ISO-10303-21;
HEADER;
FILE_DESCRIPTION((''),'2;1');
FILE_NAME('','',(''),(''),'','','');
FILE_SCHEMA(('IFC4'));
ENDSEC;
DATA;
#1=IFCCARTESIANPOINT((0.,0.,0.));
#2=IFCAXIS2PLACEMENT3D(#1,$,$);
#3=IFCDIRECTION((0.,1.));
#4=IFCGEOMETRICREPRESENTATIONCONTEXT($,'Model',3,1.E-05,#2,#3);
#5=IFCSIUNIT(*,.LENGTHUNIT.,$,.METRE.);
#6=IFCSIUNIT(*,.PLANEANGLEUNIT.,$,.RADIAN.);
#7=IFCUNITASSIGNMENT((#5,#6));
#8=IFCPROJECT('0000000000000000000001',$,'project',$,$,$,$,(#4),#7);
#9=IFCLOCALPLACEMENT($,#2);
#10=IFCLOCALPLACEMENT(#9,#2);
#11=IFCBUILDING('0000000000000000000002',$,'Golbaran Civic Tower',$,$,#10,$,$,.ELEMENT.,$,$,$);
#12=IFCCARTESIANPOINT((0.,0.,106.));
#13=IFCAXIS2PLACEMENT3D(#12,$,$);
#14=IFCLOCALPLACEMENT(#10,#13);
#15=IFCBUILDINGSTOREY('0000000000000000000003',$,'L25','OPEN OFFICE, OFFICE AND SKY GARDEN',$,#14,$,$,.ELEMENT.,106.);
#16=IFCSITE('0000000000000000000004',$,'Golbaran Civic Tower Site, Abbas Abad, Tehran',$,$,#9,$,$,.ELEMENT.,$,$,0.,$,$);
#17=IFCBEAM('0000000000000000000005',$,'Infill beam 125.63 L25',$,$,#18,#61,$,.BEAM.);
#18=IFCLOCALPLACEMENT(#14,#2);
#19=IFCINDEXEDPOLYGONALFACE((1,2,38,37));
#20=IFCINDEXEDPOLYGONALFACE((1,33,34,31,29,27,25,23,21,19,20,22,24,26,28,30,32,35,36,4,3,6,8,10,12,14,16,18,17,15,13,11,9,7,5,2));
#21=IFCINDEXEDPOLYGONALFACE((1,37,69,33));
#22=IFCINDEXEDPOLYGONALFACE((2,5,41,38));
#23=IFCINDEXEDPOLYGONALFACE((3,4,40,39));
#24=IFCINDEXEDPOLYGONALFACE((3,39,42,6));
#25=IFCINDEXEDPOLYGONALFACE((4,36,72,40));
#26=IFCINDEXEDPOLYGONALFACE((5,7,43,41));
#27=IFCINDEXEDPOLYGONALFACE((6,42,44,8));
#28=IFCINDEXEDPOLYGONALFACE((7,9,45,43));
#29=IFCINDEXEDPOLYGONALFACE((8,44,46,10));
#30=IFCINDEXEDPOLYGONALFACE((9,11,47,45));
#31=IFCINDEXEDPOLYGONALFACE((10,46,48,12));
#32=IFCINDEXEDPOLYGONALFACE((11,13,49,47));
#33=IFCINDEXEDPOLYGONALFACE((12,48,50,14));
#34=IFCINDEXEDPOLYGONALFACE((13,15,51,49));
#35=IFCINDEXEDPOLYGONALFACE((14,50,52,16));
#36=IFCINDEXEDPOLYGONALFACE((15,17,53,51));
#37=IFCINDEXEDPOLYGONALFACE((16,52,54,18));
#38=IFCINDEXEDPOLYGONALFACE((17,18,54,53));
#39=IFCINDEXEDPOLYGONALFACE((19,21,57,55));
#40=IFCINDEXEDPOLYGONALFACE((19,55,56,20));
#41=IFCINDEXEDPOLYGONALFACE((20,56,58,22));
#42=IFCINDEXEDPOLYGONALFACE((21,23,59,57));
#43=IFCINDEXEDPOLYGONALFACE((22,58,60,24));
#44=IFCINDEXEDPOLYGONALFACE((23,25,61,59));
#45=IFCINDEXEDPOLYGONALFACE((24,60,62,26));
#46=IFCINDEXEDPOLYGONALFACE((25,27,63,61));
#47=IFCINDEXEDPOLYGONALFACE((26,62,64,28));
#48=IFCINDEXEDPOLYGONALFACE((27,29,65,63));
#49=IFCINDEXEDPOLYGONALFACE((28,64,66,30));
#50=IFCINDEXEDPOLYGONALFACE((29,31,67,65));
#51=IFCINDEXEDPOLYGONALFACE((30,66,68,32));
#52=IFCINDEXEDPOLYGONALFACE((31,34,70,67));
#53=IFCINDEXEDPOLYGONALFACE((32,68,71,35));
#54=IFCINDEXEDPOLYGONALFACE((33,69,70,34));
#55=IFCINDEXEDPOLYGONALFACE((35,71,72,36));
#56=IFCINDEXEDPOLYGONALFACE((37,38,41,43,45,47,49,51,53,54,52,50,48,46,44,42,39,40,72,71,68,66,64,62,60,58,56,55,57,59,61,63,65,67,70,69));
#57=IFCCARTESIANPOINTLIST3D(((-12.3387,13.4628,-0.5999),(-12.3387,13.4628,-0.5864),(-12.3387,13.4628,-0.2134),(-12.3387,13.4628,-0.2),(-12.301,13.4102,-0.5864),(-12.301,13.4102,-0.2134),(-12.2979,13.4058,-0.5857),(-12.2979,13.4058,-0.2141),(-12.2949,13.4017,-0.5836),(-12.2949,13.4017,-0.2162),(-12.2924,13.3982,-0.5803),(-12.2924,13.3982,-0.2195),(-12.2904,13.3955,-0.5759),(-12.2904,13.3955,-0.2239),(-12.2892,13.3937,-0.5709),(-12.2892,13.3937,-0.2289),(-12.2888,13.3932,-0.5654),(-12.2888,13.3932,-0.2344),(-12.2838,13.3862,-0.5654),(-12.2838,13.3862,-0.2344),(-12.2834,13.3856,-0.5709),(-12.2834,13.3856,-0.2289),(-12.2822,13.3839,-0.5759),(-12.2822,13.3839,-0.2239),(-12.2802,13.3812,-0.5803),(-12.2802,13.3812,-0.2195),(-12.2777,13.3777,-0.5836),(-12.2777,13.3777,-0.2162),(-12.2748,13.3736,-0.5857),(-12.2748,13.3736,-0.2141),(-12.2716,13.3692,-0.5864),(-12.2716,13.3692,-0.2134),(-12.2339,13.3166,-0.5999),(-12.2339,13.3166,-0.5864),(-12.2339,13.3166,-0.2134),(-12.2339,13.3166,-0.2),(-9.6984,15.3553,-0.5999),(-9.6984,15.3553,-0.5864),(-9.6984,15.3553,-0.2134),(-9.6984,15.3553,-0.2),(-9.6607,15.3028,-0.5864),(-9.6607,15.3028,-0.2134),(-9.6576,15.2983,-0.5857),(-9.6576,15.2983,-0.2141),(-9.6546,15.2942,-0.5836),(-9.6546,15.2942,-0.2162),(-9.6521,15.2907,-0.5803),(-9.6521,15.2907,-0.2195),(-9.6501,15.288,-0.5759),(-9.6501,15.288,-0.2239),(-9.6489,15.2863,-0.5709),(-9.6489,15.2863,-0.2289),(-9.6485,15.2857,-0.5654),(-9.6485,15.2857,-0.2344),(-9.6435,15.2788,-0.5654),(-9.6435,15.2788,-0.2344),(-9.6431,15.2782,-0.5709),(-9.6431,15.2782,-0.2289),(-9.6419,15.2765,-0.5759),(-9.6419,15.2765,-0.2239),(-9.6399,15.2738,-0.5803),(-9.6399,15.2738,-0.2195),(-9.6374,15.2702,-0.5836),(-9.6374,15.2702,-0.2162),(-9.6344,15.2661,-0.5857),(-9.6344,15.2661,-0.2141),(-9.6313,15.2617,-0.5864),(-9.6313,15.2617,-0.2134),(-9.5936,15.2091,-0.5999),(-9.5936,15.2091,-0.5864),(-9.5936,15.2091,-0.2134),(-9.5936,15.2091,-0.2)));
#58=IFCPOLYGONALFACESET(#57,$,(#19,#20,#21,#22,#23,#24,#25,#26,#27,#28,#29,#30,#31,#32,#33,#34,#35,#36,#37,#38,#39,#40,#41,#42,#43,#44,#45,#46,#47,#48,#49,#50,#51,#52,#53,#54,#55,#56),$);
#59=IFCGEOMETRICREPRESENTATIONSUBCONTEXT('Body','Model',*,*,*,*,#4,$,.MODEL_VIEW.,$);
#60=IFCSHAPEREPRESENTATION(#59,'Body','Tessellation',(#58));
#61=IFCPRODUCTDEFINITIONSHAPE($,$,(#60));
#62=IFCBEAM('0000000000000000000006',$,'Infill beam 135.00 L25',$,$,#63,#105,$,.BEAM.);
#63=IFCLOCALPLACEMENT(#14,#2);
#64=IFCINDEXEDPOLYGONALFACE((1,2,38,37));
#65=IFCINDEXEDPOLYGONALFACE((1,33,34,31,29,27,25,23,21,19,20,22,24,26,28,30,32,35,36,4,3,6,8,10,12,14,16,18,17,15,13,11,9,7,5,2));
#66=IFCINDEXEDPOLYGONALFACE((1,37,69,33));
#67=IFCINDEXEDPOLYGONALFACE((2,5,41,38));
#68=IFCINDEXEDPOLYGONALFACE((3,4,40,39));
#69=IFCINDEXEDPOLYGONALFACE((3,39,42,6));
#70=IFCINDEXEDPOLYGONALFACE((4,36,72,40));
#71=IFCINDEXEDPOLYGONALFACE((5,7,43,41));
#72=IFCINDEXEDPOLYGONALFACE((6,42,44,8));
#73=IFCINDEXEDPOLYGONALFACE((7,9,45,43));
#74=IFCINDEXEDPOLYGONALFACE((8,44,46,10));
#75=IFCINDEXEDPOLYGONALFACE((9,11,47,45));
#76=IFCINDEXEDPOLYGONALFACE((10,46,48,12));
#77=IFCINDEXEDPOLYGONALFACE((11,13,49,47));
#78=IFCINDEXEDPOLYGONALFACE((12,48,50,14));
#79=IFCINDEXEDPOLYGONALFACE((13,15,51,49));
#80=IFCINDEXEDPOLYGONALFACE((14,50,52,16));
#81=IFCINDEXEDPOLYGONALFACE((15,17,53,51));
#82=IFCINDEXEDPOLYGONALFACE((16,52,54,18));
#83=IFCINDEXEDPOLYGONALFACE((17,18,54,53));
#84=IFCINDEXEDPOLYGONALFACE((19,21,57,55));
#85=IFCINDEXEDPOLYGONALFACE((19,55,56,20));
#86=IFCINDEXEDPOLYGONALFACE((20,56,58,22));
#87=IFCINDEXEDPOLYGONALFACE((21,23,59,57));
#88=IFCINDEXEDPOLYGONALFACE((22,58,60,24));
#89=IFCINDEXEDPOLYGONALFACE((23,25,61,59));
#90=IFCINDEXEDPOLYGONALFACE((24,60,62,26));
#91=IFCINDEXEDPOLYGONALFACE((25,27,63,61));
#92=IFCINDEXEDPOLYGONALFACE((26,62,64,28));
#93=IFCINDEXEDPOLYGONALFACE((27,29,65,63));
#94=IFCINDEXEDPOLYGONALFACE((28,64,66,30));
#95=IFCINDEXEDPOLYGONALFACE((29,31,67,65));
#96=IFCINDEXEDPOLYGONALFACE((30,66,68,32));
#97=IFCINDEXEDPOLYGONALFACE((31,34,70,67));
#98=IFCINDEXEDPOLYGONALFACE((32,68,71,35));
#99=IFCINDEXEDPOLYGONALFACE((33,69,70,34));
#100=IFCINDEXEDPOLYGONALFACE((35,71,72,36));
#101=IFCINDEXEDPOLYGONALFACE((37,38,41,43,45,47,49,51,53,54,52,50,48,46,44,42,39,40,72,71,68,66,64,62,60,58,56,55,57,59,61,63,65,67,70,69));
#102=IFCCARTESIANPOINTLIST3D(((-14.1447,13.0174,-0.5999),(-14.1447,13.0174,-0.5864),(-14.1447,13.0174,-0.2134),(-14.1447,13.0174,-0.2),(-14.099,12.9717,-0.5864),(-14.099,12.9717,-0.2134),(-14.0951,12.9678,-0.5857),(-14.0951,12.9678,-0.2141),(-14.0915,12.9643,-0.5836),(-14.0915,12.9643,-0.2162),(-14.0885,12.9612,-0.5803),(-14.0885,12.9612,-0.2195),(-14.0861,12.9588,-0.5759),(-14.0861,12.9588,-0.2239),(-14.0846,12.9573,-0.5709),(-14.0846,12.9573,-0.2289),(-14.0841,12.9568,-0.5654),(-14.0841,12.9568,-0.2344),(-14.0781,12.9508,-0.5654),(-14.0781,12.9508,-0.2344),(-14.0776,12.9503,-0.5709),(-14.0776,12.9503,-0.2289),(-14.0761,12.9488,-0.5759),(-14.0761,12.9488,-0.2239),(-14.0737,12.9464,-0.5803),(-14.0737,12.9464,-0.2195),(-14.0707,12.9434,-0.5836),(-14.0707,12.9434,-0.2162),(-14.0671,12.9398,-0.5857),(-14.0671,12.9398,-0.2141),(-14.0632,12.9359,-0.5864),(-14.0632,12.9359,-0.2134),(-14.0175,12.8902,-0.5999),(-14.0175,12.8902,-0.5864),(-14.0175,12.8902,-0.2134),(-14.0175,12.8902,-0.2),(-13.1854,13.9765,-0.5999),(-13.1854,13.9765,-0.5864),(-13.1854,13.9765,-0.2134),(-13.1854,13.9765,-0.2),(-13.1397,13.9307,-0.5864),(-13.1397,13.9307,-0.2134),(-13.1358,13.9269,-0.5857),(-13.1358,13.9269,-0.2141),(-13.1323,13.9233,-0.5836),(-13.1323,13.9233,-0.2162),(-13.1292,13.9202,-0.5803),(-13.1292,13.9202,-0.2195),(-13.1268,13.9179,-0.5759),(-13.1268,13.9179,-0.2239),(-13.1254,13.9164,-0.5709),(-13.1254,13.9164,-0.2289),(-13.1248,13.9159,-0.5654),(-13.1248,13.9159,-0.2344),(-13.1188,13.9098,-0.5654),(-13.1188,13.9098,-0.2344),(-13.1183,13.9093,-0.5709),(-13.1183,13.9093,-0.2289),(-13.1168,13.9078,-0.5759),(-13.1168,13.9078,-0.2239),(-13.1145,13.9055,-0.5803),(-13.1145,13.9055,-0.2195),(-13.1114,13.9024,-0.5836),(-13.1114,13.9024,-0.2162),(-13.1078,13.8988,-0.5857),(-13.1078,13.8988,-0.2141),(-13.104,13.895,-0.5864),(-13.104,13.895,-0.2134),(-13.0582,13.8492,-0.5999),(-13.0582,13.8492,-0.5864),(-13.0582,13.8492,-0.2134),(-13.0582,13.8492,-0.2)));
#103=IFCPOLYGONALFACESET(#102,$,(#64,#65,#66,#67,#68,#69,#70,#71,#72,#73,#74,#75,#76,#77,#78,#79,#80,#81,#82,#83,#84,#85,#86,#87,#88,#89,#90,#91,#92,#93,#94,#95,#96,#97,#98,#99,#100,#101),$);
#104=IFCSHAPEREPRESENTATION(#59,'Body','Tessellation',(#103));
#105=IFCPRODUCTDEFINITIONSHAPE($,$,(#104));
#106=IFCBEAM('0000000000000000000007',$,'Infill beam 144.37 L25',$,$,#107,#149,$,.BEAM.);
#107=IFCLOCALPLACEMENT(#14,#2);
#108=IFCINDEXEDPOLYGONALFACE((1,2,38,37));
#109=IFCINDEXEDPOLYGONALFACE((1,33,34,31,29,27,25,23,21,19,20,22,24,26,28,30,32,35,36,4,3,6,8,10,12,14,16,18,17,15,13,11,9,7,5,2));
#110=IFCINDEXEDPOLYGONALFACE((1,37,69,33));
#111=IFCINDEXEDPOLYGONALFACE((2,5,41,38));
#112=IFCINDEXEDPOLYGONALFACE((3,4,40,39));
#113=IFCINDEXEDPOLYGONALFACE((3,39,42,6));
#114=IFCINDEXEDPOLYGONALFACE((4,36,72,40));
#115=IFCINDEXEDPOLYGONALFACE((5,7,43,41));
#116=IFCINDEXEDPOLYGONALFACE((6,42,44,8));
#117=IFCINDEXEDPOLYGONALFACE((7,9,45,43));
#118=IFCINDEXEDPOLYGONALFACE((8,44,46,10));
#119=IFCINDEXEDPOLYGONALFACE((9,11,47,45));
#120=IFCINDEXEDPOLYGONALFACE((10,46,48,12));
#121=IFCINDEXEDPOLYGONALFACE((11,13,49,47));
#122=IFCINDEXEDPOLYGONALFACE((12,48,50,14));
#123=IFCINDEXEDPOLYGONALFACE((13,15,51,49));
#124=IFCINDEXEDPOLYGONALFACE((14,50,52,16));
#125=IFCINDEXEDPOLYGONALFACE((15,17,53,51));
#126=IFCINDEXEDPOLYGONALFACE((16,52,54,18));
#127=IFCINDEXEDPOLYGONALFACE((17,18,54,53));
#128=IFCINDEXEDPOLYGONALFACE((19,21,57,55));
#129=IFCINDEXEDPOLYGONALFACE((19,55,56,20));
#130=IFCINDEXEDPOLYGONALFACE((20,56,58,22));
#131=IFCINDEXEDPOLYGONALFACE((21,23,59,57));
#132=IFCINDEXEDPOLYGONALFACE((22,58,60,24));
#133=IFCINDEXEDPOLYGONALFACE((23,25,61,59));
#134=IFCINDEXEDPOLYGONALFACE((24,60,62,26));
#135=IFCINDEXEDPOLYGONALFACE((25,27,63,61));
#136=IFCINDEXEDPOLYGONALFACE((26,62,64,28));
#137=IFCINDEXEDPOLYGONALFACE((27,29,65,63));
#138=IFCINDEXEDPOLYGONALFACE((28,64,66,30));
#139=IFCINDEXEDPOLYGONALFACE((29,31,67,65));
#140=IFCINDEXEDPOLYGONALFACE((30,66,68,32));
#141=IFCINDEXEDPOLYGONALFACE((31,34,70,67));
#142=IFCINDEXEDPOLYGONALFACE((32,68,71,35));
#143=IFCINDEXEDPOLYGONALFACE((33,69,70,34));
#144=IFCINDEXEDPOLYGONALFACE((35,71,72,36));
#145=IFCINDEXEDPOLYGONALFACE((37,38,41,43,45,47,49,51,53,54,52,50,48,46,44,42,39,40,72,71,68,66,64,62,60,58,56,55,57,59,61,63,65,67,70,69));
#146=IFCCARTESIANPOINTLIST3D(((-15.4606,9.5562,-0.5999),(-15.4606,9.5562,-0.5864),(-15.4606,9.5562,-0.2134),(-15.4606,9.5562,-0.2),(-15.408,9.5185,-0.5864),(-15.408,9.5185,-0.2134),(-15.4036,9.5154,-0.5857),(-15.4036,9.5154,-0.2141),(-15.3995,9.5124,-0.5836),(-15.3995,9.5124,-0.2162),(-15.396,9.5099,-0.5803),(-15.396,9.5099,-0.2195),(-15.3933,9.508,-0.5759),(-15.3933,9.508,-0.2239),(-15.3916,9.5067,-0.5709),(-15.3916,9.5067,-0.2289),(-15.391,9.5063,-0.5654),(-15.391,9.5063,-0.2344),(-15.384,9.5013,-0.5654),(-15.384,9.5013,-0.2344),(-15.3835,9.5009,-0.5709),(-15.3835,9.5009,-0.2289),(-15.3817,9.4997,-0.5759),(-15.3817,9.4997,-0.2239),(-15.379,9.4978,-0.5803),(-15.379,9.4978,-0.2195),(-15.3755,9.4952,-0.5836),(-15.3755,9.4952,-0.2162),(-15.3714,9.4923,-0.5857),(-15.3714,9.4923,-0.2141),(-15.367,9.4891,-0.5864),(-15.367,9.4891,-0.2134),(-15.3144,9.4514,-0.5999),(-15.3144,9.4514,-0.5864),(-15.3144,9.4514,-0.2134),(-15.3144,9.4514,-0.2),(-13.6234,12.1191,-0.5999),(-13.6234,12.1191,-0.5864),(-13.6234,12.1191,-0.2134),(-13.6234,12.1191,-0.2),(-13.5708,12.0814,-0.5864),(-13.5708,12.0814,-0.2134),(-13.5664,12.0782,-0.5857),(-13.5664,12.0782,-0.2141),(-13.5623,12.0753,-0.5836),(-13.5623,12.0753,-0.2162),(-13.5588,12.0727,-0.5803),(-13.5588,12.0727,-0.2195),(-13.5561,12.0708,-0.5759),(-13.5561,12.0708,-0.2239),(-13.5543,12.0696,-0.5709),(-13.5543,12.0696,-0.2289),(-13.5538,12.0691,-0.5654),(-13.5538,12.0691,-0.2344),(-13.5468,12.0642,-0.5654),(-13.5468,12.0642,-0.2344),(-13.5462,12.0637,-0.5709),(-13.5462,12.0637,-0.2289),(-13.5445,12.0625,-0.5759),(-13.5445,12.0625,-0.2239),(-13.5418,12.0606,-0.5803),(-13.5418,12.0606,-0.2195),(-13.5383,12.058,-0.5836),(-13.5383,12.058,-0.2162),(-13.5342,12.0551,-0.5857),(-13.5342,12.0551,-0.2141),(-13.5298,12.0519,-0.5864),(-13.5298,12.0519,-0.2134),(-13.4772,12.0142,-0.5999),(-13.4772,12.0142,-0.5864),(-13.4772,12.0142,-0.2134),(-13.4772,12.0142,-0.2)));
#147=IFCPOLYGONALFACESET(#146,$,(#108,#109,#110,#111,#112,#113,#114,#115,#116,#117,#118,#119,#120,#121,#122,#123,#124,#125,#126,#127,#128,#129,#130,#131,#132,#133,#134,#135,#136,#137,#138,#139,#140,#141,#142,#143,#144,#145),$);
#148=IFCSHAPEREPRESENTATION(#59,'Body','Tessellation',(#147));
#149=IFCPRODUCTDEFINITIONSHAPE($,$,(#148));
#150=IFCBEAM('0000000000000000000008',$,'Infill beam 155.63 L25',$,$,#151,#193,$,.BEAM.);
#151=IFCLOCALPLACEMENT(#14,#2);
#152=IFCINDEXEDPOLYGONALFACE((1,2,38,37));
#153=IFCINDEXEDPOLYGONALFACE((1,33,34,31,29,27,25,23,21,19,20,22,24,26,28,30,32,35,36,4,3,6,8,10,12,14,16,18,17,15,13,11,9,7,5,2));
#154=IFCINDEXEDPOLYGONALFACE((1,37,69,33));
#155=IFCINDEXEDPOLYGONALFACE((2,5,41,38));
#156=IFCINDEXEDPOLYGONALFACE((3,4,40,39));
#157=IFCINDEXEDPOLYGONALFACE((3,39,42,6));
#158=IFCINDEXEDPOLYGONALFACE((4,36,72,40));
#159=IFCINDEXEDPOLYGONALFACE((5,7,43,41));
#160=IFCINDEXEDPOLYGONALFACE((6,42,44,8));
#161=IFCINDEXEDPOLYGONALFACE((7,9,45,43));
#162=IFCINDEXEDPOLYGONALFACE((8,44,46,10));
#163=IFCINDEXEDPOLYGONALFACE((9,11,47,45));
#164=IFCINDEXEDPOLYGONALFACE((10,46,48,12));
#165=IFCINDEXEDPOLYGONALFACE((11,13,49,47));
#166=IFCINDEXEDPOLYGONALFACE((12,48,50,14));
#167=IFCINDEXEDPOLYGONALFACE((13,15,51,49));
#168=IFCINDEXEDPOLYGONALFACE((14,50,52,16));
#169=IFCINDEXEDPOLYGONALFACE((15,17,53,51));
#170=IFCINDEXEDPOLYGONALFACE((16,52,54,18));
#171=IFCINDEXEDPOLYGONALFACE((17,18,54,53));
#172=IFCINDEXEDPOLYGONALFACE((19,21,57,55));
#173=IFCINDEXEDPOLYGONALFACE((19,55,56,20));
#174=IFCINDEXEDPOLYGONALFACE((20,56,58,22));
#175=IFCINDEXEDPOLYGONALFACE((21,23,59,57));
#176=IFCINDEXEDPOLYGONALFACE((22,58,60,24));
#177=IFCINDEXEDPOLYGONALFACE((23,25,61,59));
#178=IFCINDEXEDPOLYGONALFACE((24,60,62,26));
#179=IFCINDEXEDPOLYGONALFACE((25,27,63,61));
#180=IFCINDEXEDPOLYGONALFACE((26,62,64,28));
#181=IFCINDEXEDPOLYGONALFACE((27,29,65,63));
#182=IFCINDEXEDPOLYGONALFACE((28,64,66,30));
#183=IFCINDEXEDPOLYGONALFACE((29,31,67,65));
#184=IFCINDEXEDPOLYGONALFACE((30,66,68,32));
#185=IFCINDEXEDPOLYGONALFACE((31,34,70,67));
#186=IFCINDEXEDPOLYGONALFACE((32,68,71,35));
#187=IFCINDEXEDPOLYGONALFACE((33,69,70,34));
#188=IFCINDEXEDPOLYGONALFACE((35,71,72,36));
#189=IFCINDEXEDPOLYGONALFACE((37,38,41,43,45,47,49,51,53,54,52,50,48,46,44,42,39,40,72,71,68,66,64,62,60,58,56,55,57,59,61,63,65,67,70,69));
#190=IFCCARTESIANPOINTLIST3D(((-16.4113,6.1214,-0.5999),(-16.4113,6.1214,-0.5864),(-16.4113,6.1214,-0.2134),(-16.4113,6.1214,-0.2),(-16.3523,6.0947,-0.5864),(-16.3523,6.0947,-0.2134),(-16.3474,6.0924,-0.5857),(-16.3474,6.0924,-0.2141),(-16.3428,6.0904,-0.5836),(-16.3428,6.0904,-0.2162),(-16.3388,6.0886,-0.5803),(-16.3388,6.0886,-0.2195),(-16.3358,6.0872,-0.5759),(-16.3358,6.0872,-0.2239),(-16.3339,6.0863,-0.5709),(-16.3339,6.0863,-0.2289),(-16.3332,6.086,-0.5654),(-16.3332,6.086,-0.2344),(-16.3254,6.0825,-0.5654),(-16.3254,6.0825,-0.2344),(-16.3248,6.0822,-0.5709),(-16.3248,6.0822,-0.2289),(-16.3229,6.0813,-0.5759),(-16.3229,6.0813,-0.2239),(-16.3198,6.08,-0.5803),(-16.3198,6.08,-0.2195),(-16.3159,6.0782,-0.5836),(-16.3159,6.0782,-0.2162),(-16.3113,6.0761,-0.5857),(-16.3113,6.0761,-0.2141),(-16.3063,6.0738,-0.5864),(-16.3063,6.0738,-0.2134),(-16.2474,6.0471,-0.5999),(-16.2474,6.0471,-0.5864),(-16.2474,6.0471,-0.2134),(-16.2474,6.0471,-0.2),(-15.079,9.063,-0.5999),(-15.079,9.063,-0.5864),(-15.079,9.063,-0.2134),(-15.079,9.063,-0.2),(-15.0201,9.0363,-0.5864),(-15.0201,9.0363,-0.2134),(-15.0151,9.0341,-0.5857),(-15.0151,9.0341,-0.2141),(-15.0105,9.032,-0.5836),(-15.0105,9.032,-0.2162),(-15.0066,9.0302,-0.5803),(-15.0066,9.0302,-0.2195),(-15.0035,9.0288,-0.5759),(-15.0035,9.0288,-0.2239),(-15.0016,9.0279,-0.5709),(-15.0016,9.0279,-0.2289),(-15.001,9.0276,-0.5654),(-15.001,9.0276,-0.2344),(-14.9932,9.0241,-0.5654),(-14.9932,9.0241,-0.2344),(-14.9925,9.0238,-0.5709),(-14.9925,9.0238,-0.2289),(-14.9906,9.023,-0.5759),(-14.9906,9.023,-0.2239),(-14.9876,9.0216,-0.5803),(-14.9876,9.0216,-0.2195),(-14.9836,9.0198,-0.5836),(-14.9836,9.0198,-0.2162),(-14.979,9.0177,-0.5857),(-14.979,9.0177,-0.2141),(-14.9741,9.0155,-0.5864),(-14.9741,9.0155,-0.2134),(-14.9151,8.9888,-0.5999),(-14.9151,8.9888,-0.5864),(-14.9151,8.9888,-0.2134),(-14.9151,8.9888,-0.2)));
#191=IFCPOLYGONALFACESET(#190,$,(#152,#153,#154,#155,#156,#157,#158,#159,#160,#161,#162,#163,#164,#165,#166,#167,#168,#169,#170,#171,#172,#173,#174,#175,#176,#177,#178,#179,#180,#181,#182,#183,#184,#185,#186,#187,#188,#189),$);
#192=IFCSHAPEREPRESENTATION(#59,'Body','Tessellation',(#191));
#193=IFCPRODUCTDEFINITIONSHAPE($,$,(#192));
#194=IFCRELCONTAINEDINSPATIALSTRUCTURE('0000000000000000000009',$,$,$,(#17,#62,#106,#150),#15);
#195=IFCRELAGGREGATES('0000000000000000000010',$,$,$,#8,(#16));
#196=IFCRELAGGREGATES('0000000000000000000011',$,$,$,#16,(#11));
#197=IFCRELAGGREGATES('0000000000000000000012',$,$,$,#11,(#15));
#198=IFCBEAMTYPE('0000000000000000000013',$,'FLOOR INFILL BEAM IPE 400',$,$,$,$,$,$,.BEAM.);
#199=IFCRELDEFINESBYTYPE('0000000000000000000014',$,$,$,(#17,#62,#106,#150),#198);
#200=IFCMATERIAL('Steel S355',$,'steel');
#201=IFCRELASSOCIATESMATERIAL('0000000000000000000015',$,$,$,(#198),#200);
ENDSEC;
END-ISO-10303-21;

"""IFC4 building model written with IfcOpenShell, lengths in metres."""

from ifc_helpers import new_model, si_unit, direction, frame, origin, origin_2d, place, context, subcontext, project, spatial, i_section, extrude, material, material_profile, profile_set, type_object, element, save


model = new_model("IFC4")

# Units and contexts
model_context = context("Model", 3, precision=1e-05, world=origin(), true_north=direction((0.0, 1.0)))
body_context = subcontext(model_context, "Body", "Model", "MODEL_VIEW")
ifc_project = project(units=[si_unit("LENGTHUNIT", "METRE"), si_unit("PLANEANGLEUNIT", "RADIAN")], contexts=[model_context])

# Site, building, storey
site_placement = place(None, origin())
site = spatial("IfcSite", under=ifc_project, at=site_placement, Name="Golbaran Civic Tower Site, Abbas Abad, Tehran", CompositionType="ELEMENT", RefElevation=0.0)
building_placement = place(site_placement, origin())
building = spatial("IfcBuilding", under=site, at=building_placement, Name="Golbaran Civic Tower", CompositionType="ELEMENT")
storey_placement = place(building_placement, frame((0.0, 0.0, 106.0)))
storey = spatial("IfcBuildingStorey", under=building, at=storey_placement, Name="L25", Description="OPEN OFFICE, OFFICE AND SKY GARDEN", CompositionType="ELEMENT", Elevation=106.0)

# Beams
ifc_material_1 = material(Name="Steel S355", Category="steel")
ifc_material_profile_1 = material_profile(ifc_material_1, i_section(OverallWidth=0.1799, OverallDepth=0.3999, WebThickness=0.0085, FlangeThickness=0.0134, FilletRadius=0.021, at=origin_2d()), Name="IPE 400")
ifc_profile_set_1 = profile_set([ifc_material_profile_1], Name="Steel S355")
beam_type_1 = type_object("IfcBeamType", Name="FLOOR INFILL BEAM IPE 400", PredefinedType="BEAM", material=ifc_profile_set_1)
beam_1_placement = place(storey_placement, frame((-9.646, 15.2822, -0.3999), z_axis=(-0.812773, -0.582581, 0.0), x_axis=(0.582581, -0.812773, 0.0)))
element("IfcBeam", 1, at=beam_1_placement, inside=storey, type_object=beam_type_1, Name="Infill beam 125.63 L25", PredefinedType="BEAM", context=body_context, shape_type="SweptSolid", body=[
    extrude(i_section(OverallWidth=0.1799, OverallDepth=0.3999, WebThickness=0.0085, FlangeThickness=0.0134, FilletRadius=0.021, at=origin_2d()), origin(), (0.0, 0.0, 1.0), 3.2485),
])
beam_2_placement = place(storey_placement, frame((-13.1218, 13.9128, -0.3999), z_axis=(-0.707197, -0.707017, 0.0), x_axis=(0.707017, -0.707197, 0.0)))
element("IfcBeam", 2, at=beam_2_placement, inside=storey, type_object=beam_type_1, Name="Infill beam 135.00 L25", PredefinedType="BEAM", context=body_context, shape_type="SweptSolid", body=[
    extrude(i_section(OverallWidth=0.1799, OverallDepth=0.3999, WebThickness=0.0085, FlangeThickness=0.0134, FilletRadius=0.021, at=origin_2d()), origin(), (0.0, 0.0, 1.0), 1.3564),
])
beam_3_placement = place(storey_placement, frame((-13.5503, 12.0667, -0.3999), z_axis=(-0.582629, -0.812738, 0.0), x_axis=(0.812738, -0.582629, 0.0)))
element("IfcBeam", 3, at=beam_3_placement, inside=storey, type_object=beam_type_1, Name="Infill beam 144.37 L25", PredefinedType="BEAM", context=body_context, shape_type="SweptSolid", body=[
    extrude(i_section(OverallWidth=0.1799, OverallDepth=0.3999, WebThickness=0.0085, FlangeThickness=0.0134, FilletRadius=0.021, at=origin_2d()), origin(), (0.0, 0.0, 1.0), 3.1533),
])
beam_4_placement = place(storey_placement, frame((-14.9971, 9.0259, -0.3999), z_axis=(-0.412561, -0.91093, 0.0), x_axis=(0.91093, -0.412561, 0.0)))
element("IfcBeam", 4, at=beam_4_placement, inside=storey, type_object=beam_type_1, Name="Infill beam 155.63 L25", PredefinedType="BEAM", context=body_context, shape_type="SweptSolid", body=[
    extrude(i_section(OverallWidth=0.1799, OverallDepth=0.3999, WebThickness=0.0085, FlangeThickness=0.0134, FilletRadius=0.021, at=origin_2d()), origin(), (0.0, 0.0, 1.0), 3.2292),
])

save(model, "model.ifc")
